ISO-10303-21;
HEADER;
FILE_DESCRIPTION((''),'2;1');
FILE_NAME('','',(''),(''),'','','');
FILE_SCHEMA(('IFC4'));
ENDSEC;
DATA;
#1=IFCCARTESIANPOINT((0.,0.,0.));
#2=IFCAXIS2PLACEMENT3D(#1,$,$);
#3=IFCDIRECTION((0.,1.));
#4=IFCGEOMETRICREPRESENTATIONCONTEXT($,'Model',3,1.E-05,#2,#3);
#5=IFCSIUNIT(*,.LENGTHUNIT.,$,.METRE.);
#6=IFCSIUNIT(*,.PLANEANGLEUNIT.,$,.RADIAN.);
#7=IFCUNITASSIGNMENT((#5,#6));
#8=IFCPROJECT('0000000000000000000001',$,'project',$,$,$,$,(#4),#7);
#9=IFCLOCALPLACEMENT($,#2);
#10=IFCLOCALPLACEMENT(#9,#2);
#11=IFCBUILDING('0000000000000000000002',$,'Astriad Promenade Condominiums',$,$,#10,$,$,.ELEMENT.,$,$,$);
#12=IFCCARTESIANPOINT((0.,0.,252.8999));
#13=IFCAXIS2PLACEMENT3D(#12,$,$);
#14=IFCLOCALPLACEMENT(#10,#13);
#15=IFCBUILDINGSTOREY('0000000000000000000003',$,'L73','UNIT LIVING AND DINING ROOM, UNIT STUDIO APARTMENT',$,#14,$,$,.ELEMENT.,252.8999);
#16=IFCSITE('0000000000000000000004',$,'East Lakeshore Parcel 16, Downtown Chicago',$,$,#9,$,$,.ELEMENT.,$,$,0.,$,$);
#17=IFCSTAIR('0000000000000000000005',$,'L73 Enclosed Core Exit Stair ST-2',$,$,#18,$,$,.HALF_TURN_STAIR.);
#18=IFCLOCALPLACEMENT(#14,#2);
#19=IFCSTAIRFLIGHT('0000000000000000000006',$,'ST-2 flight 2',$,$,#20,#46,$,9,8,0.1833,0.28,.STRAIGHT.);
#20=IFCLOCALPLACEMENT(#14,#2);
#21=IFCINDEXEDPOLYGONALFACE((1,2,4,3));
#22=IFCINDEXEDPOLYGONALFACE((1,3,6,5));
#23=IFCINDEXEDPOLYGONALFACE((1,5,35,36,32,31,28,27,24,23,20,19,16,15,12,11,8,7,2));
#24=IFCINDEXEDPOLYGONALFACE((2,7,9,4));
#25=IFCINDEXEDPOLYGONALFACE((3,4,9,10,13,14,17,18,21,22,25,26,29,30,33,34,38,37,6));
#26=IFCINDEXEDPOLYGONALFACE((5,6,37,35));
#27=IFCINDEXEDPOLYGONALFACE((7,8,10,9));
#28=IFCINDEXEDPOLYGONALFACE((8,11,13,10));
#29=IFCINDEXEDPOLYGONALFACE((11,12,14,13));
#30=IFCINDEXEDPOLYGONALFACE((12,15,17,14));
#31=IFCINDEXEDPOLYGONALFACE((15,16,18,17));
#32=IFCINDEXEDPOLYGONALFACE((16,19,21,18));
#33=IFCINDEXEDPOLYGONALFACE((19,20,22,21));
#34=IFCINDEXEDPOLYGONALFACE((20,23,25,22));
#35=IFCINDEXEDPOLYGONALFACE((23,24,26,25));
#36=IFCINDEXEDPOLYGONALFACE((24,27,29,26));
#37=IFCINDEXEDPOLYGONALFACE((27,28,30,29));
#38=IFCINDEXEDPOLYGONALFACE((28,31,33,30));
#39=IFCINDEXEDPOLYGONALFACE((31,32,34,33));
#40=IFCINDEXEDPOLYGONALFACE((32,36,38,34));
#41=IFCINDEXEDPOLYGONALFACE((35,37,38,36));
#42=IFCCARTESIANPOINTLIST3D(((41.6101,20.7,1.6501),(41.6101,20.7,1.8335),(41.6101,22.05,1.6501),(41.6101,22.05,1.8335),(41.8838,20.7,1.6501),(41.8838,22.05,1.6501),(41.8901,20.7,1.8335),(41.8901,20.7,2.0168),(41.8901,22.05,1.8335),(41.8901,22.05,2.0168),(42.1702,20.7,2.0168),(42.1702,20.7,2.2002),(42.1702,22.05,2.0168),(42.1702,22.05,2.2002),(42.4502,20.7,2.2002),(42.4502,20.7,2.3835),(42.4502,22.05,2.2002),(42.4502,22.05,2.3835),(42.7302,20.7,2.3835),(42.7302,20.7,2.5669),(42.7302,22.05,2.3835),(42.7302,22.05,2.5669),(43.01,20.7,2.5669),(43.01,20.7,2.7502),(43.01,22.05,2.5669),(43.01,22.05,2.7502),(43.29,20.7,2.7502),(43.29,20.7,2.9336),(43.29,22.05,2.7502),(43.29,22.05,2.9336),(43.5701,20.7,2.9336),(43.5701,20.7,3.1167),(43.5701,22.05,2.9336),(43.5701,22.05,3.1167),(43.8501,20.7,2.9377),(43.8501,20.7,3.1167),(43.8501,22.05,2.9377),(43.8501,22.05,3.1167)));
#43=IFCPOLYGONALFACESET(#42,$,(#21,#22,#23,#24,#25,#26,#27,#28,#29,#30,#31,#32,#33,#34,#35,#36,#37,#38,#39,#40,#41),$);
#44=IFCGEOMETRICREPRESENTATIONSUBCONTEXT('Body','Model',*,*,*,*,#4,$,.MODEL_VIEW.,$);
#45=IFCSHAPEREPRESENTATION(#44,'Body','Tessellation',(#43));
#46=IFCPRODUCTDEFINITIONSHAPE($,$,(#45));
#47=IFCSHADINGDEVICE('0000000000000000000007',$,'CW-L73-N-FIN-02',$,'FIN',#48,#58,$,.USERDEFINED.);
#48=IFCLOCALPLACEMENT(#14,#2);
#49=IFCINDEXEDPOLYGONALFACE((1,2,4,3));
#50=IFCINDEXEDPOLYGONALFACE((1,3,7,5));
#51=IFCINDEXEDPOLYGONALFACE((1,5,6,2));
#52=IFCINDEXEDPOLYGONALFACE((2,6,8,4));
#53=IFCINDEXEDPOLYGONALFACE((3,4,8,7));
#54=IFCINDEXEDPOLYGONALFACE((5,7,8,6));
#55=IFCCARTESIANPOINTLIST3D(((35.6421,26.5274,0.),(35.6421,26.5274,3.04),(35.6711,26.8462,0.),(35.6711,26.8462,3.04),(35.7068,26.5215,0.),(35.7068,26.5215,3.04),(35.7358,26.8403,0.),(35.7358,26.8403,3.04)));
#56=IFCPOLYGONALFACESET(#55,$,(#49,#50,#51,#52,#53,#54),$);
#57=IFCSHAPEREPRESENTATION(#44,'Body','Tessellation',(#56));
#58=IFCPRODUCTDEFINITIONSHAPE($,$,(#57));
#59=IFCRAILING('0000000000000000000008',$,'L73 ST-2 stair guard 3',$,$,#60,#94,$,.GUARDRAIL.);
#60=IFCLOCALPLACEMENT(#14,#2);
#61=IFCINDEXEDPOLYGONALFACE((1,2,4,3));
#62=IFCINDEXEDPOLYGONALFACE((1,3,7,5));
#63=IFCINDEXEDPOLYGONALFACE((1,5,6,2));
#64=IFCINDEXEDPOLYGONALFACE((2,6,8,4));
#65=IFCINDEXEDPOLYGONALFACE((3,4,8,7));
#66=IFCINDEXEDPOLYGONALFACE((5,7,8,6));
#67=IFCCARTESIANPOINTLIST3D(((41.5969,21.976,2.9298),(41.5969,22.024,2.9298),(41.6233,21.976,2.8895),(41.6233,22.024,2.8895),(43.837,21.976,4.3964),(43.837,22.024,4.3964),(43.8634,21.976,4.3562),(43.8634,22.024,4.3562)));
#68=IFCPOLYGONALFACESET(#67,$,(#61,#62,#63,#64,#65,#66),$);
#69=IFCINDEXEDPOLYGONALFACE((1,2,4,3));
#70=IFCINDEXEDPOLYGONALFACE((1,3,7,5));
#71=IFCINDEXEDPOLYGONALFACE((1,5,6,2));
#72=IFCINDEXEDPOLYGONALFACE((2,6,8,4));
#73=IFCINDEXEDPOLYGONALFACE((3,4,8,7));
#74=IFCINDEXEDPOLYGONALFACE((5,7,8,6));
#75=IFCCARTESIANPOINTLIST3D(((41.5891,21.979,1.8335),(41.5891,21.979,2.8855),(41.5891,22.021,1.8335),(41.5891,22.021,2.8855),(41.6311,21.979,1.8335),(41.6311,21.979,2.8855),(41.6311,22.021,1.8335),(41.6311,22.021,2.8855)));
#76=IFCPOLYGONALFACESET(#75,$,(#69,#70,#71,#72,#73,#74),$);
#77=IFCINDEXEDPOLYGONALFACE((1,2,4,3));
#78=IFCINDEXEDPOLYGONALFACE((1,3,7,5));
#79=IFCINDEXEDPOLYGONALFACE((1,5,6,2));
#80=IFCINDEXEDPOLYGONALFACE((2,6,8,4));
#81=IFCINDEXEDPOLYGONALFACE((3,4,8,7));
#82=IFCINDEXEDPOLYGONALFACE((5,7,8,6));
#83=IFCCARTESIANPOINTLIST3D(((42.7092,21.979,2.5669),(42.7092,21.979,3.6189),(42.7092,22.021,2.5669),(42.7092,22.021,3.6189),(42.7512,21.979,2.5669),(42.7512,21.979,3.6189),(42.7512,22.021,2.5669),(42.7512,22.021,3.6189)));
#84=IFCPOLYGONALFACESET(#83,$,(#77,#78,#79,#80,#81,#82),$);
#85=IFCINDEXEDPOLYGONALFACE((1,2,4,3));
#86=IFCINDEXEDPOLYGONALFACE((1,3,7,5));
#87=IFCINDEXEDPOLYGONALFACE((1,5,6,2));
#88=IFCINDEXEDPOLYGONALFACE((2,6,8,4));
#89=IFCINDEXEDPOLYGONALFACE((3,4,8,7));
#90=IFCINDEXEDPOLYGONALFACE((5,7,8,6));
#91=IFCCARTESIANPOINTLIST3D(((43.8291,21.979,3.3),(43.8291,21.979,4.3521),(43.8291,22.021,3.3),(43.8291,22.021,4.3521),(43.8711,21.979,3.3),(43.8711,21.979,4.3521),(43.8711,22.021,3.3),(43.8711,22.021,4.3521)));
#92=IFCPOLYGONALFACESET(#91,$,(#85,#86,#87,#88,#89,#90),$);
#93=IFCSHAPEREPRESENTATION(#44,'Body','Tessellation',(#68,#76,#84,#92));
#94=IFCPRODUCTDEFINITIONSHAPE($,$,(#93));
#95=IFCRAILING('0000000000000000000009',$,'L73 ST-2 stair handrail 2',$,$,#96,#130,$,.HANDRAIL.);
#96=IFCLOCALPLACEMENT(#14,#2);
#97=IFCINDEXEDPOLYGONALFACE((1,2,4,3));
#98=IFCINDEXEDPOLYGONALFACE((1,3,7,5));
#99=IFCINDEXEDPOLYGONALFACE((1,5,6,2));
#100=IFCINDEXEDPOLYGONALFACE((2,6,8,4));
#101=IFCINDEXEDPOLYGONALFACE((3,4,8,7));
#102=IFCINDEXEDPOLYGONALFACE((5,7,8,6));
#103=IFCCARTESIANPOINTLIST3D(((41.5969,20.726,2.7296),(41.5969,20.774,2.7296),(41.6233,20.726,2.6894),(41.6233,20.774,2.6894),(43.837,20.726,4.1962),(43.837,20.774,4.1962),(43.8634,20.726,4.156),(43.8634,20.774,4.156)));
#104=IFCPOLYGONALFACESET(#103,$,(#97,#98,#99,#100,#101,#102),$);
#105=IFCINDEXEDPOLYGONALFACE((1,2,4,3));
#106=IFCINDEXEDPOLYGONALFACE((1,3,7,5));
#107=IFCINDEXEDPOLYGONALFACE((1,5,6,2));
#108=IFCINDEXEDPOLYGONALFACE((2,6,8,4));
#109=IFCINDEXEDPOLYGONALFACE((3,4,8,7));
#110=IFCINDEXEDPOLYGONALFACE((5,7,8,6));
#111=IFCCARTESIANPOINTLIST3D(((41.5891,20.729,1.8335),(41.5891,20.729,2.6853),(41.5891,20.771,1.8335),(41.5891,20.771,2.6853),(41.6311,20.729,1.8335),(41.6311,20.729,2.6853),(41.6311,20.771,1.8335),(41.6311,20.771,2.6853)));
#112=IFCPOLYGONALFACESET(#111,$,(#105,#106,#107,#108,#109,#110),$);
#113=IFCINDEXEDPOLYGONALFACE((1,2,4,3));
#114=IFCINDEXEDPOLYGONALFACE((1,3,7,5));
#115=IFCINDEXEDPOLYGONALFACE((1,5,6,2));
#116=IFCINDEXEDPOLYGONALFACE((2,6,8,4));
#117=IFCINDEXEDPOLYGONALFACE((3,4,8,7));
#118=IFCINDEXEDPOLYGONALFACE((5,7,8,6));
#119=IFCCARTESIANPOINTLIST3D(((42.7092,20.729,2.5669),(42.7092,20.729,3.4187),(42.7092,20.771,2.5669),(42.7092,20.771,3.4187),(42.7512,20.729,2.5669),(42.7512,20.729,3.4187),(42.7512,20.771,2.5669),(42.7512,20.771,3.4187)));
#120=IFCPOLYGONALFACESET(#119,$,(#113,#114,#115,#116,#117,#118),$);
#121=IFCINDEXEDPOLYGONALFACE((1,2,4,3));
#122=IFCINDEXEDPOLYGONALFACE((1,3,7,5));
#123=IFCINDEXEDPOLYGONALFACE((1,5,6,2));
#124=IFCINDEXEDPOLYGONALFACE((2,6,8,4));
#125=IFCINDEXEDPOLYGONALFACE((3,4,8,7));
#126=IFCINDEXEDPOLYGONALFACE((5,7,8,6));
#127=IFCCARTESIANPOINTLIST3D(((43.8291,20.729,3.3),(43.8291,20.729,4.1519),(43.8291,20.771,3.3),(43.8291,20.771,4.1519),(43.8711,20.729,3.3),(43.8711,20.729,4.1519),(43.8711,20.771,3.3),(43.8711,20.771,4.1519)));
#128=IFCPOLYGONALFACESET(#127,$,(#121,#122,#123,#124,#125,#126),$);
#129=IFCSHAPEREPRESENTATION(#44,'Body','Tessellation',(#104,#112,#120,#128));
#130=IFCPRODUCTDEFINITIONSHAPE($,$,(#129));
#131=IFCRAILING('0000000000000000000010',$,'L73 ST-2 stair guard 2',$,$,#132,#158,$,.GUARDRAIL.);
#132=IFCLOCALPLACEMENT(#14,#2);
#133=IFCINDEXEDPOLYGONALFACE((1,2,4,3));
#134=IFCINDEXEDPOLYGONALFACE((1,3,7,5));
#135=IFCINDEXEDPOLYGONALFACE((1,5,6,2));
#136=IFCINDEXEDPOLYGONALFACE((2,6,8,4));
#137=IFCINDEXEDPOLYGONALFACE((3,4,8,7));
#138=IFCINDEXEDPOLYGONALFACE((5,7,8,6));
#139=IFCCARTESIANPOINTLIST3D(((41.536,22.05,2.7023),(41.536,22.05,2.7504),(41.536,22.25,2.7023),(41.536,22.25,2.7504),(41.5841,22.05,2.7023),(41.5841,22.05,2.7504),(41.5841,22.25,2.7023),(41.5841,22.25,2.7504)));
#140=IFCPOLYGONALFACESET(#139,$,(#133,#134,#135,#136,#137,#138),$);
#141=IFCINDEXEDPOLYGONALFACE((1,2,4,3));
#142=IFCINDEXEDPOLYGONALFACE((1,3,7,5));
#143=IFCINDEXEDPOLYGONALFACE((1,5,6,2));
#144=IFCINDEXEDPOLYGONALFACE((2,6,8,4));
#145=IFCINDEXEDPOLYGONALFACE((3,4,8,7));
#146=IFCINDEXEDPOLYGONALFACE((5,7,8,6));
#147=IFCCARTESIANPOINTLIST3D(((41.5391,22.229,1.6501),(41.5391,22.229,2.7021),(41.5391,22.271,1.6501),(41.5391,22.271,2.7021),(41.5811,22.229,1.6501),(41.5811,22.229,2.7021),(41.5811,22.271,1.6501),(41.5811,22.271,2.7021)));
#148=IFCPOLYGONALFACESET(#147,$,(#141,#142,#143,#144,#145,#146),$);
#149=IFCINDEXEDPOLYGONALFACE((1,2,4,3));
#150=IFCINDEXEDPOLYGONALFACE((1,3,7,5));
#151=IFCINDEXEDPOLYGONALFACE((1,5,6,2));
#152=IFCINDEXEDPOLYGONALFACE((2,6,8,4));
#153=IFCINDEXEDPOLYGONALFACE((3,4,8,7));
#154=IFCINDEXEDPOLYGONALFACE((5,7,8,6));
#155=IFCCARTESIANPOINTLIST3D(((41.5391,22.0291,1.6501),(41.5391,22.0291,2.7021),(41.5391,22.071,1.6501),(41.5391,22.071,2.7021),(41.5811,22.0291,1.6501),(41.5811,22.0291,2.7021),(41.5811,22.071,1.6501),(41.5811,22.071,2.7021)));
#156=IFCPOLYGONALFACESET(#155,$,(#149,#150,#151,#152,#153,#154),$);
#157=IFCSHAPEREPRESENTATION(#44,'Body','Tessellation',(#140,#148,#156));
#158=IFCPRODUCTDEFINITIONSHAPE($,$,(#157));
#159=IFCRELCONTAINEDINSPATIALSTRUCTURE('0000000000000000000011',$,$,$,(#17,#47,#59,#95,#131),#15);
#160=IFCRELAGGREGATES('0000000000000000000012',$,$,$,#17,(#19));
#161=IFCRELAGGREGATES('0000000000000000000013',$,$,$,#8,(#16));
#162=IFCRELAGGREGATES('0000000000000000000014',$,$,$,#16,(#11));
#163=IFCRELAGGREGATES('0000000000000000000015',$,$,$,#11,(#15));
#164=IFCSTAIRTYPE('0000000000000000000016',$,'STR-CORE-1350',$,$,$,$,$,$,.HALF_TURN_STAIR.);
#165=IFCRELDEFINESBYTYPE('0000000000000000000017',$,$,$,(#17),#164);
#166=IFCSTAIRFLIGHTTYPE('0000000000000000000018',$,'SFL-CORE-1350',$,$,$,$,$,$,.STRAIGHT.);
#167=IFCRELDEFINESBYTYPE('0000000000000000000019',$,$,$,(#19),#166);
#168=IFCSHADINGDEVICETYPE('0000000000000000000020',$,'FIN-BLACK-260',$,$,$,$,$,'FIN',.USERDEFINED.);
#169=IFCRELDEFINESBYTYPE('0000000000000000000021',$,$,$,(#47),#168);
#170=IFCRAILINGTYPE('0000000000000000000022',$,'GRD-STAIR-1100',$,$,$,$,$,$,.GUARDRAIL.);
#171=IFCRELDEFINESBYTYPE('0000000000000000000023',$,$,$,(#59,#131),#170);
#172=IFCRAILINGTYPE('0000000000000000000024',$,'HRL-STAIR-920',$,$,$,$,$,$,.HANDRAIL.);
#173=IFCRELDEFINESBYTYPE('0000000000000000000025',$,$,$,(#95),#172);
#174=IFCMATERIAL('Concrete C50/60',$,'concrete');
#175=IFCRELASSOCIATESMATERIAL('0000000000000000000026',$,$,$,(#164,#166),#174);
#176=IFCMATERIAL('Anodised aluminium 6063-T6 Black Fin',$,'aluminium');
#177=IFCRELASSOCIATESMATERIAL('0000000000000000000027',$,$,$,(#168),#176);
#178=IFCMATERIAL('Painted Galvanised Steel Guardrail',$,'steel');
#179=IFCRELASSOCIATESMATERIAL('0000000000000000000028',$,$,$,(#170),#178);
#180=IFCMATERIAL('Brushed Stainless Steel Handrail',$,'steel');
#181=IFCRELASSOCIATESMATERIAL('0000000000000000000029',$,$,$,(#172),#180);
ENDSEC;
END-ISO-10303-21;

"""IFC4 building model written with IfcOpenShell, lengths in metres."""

from ifc_helpers import new_model, si_unit, direction, frame, origin, origin_2d, place, context, subcontext, project, spatial, polyline, rectangle, outline, extrude, source, transform, mapped, material, type_object, type_shapes, element, aggregate, save


model = new_model("IFC4")

# Units and contexts
model_context = context("Model", 3, precision=1e-05, world=origin(), true_north=direction((0.0, 1.0)))
body_context = subcontext(model_context, "Body", "Model", "MODEL_VIEW")
ifc_project = project(units=[si_unit("LENGTHUNIT", "METRE"), si_unit("PLANEANGLEUNIT", "RADIAN")], contexts=[model_context])

# Site, building, storey
site_placement = place(None, origin())
site = spatial("IfcSite", under=ifc_project, at=site_placement, Name="East Lakeshore Parcel 16, Downtown Chicago", CompositionType="ELEMENT", RefElevation=0.0)
building_placement = place(site_placement, origin())
building = spatial("IfcBuilding", under=site, at=building_placement, Name="Astriad Promenade Condominiums", CompositionType="ELEMENT")
storey_placement = place(building_placement, frame((0.0, 0.0, 252.8999)))
storey = spatial("IfcBuildingStorey", under=building, at=storey_placement, Name="L73", Description="UNIT LIVING AND DINING ROOM, UNIT STUDIO APARTMENT", CompositionType="ELEMENT", Elevation=252.8999)

# Shared definitions
ifc_material_1 = material(Name="Concrete C50/60", Category="concrete")

# Stair, stair flight
stair_type = type_object("IfcStairType", Name="STR-CORE-1350", PredefinedType="HALF_TURN_STAIR", material=ifc_material_1)
stair_placement = place(storey_placement, origin())
stair = element("IfcStair", 1, at=stair_placement, inside=storey, type_object=stair_type, Name="L73 Enclosed Core Exit Stair ST-2", PredefinedType="HALF_TURN_STAIR")
stair_flight_type = type_object("IfcStairFlightType", Name="SFL-CORE-1350", PredefinedType="STRAIGHT", material=ifc_material_1)
shared_shape_1 = source(origin(), body_context, "Body", "SweptSolid", [
    extrude(outline(polyline([(0.0, 0.0), (0.0, 0.1833), (0.28, 0.1833), (0.28, 0.3667), (0.5601, 0.3667), (0.5601, 0.55), (0.8401, 0.55), (0.8401, 0.7334), (1.1201, 0.7334), (1.1201, 0.9167), (1.3999, 0.9167), (1.3999, 1.1001), (1.6799, 1.1001), (1.6799, 1.2834), (1.96, 1.2834), (1.96, 1.4666), (2.24, 1.4666), (2.24, 1.6499), (2.24, 1.2876), (0.2737, 0.0), (0.0, 0.0)])), frame((0.0, 0.675, 0.0), z_axis=(0.0, -1.0, 0.0), x_axis=(1.0, 0.0, 0.0)), (0.0, 0.0, 1.0), 1.3501),
])
type_shapes(stair_flight_type, [shared_shape_1])
stair_flight_placement = place(storey_placement, frame((41.6101, 21.375, 1.6501), z_axis=(0.0, 0.0, 1.0), x_axis=(1.0, 0.0, 0.0)))
stair_flight = element("IfcStairFlight", 2, at=stair_flight_placement, type_object=stair_flight_type, Name="ST-2 flight 2", NumberOfRisers=9, NumberOfTreads=8, PredefinedType="STRAIGHT", RiserHeight=0.1833, TreadLength=0.28, context=body_context, shape_type="MappedRepresentation", body=[
    mapped(shared_shape_1, transform((0.0, 0.0, 0.0), scale=1.0)),
])
aggregate(stair, [stair_flight])

# Shading device
ifc_material_2 = material(Name="Anodised aluminium 6063-T6 Black Fin", Category="aluminium")
shading_device_type = type_object("IfcShadingDeviceType", Name="FIN-BLACK-260", ElementType="FIN", PredefinedType="USERDEFINED", material=ifc_material_2)
shared_shape_2 = source(origin(), body_context, "Body", "SweptSolid", [
    extrude(rectangle(XDim=0.0649, YDim=0.3201, at=origin_2d()), origin(), (0.0, 0.0, 1.0), 3.04),
])
type_shapes(shading_device_type, [shared_shape_2])
shading_device_placement = place(storey_placement, frame((35.689, 26.6838, 0.0), z_axis=(0.0, 0.0, 1.0), x_axis=(0.995884, -0.090633, 0.0)))
element("IfcShadingDevice", 3, at=shading_device_placement, inside=storey, type_object=shading_device_type, Name="CW-L73-N-FIN-02", ObjectType="FIN", PredefinedType="USERDEFINED", context=body_context, shape_type="MappedRepresentation", body=[
    mapped(shared_shape_2, transform((0.0, 0.0, 0.0), scale=1.0)),
])

# Railings
ifc_material_3 = material(Name="Painted Galvanised Steel Guardrail", Category="steel")
railing_type_1 = type_object("IfcRailingType", Name="GRD-STAIR-1100", PredefinedType="GUARDRAIL", material=ifc_material_3)
shared_shape_3 = source(origin(), body_context, "Body", "SweptSolid", [
    extrude(rectangle(XDim=0.0481, YDim=0.0481, at=origin_2d()), frame((0.0, 0.0, 1.0762), z_axis=(0.836637, 0.0, 0.547758), x_axis=(0.0, 1.0, 0.0)), (0.0, 0.0, 1.0), 2.6775),
    extrude(rectangle(XDim=0.042, YDim=0.042, at=origin_2d()), origin(), (0.0, 0.0, 1.0), 1.052),
    extrude(rectangle(XDim=0.042, YDim=0.042, at=origin_2d()), frame((1.1201, 0.0, 0.7334)), (0.0, 0.0, 1.0), 1.052),
    extrude(rectangle(XDim=0.042, YDim=0.042, at=origin_2d()), frame((2.24, 0.0, 1.4666)), (0.0, 0.0, 1.0), 1.052),
])
railing_1_placement = place(storey_placement, frame((41.6101, 22.0, 1.8335)))
element("IfcRailing", 4, at=railing_1_placement, inside=storey, type_object=railing_type_1, Name="L73 ST-2 stair guard 3", PredefinedType="GUARDRAIL", context=body_context, shape_type="MappedRepresentation", body=[
    mapped(shared_shape_3, transform((0.0, 0.0, 0.0), scale=1.0)),
])
ifc_material_4 = material(Name="Brushed Stainless Steel Handrail", Category="steel")
railing_type_2 = type_object("IfcRailingType", Name="HRL-STAIR-920", PredefinedType="HANDRAIL", material=ifc_material_4)
shared_shape_4 = source(origin(), body_context, "Body", "SweptSolid", [
    extrude(rectangle(XDim=0.0481, YDim=0.0481, at=origin_2d()), frame((0.0, 0.0, 0.876), z_axis=(0.836637, 0.0, 0.547758), x_axis=(0.0, 1.0, 0.0)), (0.0, 0.0, 1.0), 2.6775),
    extrude(rectangle(XDim=0.042, YDim=0.042, at=origin_2d()), origin(), (0.0, 0.0, 1.0), 0.8518),
    extrude(rectangle(XDim=0.042, YDim=0.042, at=origin_2d()), frame((1.1201, 0.0, 0.7334)), (0.0, 0.0, 1.0), 0.8518),
    extrude(rectangle(XDim=0.042, YDim=0.042, at=origin_2d()), frame((2.24, 0.0, 1.4666)), (0.0, 0.0, 1.0), 0.8518),
])
type_shapes(railing_type_2, [shared_shape_4])
railing_2_placement = place(storey_placement, frame((41.6101, 20.75, 1.8335)))
element("IfcRailing", 5, at=railing_2_placement, inside=storey, type_object=railing_type_2, Name="L73 ST-2 stair handrail 2", PredefinedType="HANDRAIL", context=body_context, shape_type="MappedRepresentation", body=[
    mapped(shared_shape_4, transform((0.0, 0.0, 0.0), scale=1.0)),
])
shared_shape_5 = source(origin(), body_context, "Body", "SweptSolid", [
    extrude(rectangle(XDim=0.0481, YDim=0.0481, at=origin_2d()), frame((0.0, 0.0, 1.0762), z_axis=(0.0, -1.0, 0.0), x_axis=(1.0, 0.0, 0.0)), (0.0, 0.0, 1.0), 0.2),
    extrude(rectangle(XDim=0.042, YDim=0.042, at=origin_2d()), origin(), (0.0, 0.0, 1.0), 1.052),
    extrude(rectangle(XDim=0.042, YDim=0.042, at=origin_2d()), frame((0.0, -0.2, 0.0)), (0.0, 0.0, 1.0), 1.052),
])
type_shapes(railing_type_1, [shared_shape_3, shared_shape_5])
railing_3_placement = place(storey_placement, frame((41.5601, 22.25, 1.6501)))
element("IfcRailing", 6, at=railing_3_placement, inside=storey, type_object=railing_type_1, Name="L73 ST-2 stair guard 2", PredefinedType="GUARDRAIL", context=body_context, shape_type="MappedRepresentation", body=[
    mapped(shared_shape_5, transform((0.0, 0.0, 0.0), scale=1.0)),
])

save(model, "model.ifc")
